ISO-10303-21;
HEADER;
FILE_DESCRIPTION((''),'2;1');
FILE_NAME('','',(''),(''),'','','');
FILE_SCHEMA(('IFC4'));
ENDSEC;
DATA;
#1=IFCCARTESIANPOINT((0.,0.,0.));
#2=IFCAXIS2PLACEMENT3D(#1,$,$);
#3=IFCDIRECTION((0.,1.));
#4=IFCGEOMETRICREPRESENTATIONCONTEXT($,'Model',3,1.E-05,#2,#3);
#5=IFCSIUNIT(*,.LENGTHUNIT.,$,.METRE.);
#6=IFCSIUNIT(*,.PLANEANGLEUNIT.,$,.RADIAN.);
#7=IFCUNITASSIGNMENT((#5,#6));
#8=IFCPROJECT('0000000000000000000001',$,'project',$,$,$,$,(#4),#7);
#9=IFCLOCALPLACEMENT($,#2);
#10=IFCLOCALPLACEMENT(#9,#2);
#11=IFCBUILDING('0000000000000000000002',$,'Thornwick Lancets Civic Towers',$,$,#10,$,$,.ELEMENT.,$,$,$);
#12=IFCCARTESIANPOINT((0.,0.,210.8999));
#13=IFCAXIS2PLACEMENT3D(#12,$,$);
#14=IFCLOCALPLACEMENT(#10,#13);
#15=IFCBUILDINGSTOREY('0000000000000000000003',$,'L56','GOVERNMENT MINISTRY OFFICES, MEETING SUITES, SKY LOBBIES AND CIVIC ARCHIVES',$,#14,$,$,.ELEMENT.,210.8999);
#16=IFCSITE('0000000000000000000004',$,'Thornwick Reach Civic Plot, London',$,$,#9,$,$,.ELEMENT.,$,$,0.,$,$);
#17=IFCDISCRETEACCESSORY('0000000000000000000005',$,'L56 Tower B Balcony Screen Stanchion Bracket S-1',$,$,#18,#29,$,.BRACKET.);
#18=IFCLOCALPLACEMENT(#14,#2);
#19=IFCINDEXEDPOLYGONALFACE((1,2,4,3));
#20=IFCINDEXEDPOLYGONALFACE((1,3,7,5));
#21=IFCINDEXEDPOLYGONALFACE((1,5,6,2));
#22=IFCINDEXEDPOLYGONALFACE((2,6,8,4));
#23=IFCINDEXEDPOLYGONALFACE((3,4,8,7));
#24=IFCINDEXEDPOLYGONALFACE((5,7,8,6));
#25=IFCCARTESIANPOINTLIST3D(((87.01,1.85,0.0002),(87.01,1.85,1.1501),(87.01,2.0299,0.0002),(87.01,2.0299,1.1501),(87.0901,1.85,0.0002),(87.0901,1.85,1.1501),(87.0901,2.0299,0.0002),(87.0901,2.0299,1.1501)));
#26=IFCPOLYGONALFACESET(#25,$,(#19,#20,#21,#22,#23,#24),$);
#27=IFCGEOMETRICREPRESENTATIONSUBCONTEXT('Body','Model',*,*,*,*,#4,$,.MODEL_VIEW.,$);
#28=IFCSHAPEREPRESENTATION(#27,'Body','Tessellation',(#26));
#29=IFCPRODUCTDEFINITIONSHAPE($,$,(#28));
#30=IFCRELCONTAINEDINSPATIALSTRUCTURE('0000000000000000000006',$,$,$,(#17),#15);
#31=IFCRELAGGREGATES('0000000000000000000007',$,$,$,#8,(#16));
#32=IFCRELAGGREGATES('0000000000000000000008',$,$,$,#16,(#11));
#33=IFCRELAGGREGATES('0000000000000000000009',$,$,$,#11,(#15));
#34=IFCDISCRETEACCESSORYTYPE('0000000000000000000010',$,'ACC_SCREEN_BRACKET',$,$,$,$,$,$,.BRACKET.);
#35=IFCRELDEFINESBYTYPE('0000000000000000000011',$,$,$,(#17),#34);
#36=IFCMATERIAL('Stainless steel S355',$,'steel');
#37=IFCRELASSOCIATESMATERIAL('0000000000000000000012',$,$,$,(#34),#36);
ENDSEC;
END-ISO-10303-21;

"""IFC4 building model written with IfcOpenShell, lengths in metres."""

from ifc_helpers import new_model, si_unit, direction, frame, origin, origin_2d, place, context, subcontext, project, spatial, rectangle, extrude, material, type_object, element, save


model = new_model("IFC4")

# Units and contexts
model_context = context("Model", 3, precision=1e-05, world=origin(), true_north=direction((0.0, 1.0)))
body_context = subcontext(model_context, "Body", "Model", "MODEL_VIEW")
ifc_project = project(units=[si_unit("LENGTHUNIT", "METRE"), si_unit("PLANEANGLEUNIT", "RADIAN")], contexts=[model_context])

# Site, building, storey
site_placement = place(None, origin())
site = spatial("IfcSite", under=ifc_project, at=site_placement, Name="Thornwick Reach Civic Plot, London", CompositionType="ELEMENT", RefElevation=0.0)
building_placement = place(site_placement, origin())
building = spatial("IfcBuilding", under=site, at=building_placement, Name="Thornwick Lancets Civic Towers", CompositionType="ELEMENT")
storey_placement = place(building_placement, frame((0.0, 0.0, 210.8999)))
storey = spatial("IfcBuildingStorey", under=building, at=storey_placement, Name="L56", Description="GOVERNMENT MINISTRY OFFICES, MEETING SUITES, SKY LOBBIES AND CIVIC ARCHIVES", CompositionType="ELEMENT", Elevation=210.8999)

# Discrete accessory
ifc_material_1 = material(Name="Stainless steel S355", Category="steel")
discrete_accessory_type = type_object("IfcDiscreteAccessoryType", Name="ACC_SCREEN_BRACKET", PredefinedType="BRACKET", material=ifc_material_1)
discrete_accessory_placement = place(storey_placement, frame((87.05, 1.9399, 0.0002), z_axis=(0.0, 0.0, 1.0), x_axis=(1.0, 0.0, 0.0)))
element("IfcDiscreteAccessory", 1, at=discrete_accessory_placement, inside=storey, type_object=discrete_accessory_type, Name="L56 Tower B Balcony Screen Stanchion Bracket S-1", PredefinedType="BRACKET", context=body_context, shape_type="SweptSolid", body=[
    extrude(rectangle(XDim=0.0801, YDim=0.1799, at=origin_2d()), origin(), (0.0, 0.0, 1.0), 1.1499),
])

save(model, "model.ifc")
